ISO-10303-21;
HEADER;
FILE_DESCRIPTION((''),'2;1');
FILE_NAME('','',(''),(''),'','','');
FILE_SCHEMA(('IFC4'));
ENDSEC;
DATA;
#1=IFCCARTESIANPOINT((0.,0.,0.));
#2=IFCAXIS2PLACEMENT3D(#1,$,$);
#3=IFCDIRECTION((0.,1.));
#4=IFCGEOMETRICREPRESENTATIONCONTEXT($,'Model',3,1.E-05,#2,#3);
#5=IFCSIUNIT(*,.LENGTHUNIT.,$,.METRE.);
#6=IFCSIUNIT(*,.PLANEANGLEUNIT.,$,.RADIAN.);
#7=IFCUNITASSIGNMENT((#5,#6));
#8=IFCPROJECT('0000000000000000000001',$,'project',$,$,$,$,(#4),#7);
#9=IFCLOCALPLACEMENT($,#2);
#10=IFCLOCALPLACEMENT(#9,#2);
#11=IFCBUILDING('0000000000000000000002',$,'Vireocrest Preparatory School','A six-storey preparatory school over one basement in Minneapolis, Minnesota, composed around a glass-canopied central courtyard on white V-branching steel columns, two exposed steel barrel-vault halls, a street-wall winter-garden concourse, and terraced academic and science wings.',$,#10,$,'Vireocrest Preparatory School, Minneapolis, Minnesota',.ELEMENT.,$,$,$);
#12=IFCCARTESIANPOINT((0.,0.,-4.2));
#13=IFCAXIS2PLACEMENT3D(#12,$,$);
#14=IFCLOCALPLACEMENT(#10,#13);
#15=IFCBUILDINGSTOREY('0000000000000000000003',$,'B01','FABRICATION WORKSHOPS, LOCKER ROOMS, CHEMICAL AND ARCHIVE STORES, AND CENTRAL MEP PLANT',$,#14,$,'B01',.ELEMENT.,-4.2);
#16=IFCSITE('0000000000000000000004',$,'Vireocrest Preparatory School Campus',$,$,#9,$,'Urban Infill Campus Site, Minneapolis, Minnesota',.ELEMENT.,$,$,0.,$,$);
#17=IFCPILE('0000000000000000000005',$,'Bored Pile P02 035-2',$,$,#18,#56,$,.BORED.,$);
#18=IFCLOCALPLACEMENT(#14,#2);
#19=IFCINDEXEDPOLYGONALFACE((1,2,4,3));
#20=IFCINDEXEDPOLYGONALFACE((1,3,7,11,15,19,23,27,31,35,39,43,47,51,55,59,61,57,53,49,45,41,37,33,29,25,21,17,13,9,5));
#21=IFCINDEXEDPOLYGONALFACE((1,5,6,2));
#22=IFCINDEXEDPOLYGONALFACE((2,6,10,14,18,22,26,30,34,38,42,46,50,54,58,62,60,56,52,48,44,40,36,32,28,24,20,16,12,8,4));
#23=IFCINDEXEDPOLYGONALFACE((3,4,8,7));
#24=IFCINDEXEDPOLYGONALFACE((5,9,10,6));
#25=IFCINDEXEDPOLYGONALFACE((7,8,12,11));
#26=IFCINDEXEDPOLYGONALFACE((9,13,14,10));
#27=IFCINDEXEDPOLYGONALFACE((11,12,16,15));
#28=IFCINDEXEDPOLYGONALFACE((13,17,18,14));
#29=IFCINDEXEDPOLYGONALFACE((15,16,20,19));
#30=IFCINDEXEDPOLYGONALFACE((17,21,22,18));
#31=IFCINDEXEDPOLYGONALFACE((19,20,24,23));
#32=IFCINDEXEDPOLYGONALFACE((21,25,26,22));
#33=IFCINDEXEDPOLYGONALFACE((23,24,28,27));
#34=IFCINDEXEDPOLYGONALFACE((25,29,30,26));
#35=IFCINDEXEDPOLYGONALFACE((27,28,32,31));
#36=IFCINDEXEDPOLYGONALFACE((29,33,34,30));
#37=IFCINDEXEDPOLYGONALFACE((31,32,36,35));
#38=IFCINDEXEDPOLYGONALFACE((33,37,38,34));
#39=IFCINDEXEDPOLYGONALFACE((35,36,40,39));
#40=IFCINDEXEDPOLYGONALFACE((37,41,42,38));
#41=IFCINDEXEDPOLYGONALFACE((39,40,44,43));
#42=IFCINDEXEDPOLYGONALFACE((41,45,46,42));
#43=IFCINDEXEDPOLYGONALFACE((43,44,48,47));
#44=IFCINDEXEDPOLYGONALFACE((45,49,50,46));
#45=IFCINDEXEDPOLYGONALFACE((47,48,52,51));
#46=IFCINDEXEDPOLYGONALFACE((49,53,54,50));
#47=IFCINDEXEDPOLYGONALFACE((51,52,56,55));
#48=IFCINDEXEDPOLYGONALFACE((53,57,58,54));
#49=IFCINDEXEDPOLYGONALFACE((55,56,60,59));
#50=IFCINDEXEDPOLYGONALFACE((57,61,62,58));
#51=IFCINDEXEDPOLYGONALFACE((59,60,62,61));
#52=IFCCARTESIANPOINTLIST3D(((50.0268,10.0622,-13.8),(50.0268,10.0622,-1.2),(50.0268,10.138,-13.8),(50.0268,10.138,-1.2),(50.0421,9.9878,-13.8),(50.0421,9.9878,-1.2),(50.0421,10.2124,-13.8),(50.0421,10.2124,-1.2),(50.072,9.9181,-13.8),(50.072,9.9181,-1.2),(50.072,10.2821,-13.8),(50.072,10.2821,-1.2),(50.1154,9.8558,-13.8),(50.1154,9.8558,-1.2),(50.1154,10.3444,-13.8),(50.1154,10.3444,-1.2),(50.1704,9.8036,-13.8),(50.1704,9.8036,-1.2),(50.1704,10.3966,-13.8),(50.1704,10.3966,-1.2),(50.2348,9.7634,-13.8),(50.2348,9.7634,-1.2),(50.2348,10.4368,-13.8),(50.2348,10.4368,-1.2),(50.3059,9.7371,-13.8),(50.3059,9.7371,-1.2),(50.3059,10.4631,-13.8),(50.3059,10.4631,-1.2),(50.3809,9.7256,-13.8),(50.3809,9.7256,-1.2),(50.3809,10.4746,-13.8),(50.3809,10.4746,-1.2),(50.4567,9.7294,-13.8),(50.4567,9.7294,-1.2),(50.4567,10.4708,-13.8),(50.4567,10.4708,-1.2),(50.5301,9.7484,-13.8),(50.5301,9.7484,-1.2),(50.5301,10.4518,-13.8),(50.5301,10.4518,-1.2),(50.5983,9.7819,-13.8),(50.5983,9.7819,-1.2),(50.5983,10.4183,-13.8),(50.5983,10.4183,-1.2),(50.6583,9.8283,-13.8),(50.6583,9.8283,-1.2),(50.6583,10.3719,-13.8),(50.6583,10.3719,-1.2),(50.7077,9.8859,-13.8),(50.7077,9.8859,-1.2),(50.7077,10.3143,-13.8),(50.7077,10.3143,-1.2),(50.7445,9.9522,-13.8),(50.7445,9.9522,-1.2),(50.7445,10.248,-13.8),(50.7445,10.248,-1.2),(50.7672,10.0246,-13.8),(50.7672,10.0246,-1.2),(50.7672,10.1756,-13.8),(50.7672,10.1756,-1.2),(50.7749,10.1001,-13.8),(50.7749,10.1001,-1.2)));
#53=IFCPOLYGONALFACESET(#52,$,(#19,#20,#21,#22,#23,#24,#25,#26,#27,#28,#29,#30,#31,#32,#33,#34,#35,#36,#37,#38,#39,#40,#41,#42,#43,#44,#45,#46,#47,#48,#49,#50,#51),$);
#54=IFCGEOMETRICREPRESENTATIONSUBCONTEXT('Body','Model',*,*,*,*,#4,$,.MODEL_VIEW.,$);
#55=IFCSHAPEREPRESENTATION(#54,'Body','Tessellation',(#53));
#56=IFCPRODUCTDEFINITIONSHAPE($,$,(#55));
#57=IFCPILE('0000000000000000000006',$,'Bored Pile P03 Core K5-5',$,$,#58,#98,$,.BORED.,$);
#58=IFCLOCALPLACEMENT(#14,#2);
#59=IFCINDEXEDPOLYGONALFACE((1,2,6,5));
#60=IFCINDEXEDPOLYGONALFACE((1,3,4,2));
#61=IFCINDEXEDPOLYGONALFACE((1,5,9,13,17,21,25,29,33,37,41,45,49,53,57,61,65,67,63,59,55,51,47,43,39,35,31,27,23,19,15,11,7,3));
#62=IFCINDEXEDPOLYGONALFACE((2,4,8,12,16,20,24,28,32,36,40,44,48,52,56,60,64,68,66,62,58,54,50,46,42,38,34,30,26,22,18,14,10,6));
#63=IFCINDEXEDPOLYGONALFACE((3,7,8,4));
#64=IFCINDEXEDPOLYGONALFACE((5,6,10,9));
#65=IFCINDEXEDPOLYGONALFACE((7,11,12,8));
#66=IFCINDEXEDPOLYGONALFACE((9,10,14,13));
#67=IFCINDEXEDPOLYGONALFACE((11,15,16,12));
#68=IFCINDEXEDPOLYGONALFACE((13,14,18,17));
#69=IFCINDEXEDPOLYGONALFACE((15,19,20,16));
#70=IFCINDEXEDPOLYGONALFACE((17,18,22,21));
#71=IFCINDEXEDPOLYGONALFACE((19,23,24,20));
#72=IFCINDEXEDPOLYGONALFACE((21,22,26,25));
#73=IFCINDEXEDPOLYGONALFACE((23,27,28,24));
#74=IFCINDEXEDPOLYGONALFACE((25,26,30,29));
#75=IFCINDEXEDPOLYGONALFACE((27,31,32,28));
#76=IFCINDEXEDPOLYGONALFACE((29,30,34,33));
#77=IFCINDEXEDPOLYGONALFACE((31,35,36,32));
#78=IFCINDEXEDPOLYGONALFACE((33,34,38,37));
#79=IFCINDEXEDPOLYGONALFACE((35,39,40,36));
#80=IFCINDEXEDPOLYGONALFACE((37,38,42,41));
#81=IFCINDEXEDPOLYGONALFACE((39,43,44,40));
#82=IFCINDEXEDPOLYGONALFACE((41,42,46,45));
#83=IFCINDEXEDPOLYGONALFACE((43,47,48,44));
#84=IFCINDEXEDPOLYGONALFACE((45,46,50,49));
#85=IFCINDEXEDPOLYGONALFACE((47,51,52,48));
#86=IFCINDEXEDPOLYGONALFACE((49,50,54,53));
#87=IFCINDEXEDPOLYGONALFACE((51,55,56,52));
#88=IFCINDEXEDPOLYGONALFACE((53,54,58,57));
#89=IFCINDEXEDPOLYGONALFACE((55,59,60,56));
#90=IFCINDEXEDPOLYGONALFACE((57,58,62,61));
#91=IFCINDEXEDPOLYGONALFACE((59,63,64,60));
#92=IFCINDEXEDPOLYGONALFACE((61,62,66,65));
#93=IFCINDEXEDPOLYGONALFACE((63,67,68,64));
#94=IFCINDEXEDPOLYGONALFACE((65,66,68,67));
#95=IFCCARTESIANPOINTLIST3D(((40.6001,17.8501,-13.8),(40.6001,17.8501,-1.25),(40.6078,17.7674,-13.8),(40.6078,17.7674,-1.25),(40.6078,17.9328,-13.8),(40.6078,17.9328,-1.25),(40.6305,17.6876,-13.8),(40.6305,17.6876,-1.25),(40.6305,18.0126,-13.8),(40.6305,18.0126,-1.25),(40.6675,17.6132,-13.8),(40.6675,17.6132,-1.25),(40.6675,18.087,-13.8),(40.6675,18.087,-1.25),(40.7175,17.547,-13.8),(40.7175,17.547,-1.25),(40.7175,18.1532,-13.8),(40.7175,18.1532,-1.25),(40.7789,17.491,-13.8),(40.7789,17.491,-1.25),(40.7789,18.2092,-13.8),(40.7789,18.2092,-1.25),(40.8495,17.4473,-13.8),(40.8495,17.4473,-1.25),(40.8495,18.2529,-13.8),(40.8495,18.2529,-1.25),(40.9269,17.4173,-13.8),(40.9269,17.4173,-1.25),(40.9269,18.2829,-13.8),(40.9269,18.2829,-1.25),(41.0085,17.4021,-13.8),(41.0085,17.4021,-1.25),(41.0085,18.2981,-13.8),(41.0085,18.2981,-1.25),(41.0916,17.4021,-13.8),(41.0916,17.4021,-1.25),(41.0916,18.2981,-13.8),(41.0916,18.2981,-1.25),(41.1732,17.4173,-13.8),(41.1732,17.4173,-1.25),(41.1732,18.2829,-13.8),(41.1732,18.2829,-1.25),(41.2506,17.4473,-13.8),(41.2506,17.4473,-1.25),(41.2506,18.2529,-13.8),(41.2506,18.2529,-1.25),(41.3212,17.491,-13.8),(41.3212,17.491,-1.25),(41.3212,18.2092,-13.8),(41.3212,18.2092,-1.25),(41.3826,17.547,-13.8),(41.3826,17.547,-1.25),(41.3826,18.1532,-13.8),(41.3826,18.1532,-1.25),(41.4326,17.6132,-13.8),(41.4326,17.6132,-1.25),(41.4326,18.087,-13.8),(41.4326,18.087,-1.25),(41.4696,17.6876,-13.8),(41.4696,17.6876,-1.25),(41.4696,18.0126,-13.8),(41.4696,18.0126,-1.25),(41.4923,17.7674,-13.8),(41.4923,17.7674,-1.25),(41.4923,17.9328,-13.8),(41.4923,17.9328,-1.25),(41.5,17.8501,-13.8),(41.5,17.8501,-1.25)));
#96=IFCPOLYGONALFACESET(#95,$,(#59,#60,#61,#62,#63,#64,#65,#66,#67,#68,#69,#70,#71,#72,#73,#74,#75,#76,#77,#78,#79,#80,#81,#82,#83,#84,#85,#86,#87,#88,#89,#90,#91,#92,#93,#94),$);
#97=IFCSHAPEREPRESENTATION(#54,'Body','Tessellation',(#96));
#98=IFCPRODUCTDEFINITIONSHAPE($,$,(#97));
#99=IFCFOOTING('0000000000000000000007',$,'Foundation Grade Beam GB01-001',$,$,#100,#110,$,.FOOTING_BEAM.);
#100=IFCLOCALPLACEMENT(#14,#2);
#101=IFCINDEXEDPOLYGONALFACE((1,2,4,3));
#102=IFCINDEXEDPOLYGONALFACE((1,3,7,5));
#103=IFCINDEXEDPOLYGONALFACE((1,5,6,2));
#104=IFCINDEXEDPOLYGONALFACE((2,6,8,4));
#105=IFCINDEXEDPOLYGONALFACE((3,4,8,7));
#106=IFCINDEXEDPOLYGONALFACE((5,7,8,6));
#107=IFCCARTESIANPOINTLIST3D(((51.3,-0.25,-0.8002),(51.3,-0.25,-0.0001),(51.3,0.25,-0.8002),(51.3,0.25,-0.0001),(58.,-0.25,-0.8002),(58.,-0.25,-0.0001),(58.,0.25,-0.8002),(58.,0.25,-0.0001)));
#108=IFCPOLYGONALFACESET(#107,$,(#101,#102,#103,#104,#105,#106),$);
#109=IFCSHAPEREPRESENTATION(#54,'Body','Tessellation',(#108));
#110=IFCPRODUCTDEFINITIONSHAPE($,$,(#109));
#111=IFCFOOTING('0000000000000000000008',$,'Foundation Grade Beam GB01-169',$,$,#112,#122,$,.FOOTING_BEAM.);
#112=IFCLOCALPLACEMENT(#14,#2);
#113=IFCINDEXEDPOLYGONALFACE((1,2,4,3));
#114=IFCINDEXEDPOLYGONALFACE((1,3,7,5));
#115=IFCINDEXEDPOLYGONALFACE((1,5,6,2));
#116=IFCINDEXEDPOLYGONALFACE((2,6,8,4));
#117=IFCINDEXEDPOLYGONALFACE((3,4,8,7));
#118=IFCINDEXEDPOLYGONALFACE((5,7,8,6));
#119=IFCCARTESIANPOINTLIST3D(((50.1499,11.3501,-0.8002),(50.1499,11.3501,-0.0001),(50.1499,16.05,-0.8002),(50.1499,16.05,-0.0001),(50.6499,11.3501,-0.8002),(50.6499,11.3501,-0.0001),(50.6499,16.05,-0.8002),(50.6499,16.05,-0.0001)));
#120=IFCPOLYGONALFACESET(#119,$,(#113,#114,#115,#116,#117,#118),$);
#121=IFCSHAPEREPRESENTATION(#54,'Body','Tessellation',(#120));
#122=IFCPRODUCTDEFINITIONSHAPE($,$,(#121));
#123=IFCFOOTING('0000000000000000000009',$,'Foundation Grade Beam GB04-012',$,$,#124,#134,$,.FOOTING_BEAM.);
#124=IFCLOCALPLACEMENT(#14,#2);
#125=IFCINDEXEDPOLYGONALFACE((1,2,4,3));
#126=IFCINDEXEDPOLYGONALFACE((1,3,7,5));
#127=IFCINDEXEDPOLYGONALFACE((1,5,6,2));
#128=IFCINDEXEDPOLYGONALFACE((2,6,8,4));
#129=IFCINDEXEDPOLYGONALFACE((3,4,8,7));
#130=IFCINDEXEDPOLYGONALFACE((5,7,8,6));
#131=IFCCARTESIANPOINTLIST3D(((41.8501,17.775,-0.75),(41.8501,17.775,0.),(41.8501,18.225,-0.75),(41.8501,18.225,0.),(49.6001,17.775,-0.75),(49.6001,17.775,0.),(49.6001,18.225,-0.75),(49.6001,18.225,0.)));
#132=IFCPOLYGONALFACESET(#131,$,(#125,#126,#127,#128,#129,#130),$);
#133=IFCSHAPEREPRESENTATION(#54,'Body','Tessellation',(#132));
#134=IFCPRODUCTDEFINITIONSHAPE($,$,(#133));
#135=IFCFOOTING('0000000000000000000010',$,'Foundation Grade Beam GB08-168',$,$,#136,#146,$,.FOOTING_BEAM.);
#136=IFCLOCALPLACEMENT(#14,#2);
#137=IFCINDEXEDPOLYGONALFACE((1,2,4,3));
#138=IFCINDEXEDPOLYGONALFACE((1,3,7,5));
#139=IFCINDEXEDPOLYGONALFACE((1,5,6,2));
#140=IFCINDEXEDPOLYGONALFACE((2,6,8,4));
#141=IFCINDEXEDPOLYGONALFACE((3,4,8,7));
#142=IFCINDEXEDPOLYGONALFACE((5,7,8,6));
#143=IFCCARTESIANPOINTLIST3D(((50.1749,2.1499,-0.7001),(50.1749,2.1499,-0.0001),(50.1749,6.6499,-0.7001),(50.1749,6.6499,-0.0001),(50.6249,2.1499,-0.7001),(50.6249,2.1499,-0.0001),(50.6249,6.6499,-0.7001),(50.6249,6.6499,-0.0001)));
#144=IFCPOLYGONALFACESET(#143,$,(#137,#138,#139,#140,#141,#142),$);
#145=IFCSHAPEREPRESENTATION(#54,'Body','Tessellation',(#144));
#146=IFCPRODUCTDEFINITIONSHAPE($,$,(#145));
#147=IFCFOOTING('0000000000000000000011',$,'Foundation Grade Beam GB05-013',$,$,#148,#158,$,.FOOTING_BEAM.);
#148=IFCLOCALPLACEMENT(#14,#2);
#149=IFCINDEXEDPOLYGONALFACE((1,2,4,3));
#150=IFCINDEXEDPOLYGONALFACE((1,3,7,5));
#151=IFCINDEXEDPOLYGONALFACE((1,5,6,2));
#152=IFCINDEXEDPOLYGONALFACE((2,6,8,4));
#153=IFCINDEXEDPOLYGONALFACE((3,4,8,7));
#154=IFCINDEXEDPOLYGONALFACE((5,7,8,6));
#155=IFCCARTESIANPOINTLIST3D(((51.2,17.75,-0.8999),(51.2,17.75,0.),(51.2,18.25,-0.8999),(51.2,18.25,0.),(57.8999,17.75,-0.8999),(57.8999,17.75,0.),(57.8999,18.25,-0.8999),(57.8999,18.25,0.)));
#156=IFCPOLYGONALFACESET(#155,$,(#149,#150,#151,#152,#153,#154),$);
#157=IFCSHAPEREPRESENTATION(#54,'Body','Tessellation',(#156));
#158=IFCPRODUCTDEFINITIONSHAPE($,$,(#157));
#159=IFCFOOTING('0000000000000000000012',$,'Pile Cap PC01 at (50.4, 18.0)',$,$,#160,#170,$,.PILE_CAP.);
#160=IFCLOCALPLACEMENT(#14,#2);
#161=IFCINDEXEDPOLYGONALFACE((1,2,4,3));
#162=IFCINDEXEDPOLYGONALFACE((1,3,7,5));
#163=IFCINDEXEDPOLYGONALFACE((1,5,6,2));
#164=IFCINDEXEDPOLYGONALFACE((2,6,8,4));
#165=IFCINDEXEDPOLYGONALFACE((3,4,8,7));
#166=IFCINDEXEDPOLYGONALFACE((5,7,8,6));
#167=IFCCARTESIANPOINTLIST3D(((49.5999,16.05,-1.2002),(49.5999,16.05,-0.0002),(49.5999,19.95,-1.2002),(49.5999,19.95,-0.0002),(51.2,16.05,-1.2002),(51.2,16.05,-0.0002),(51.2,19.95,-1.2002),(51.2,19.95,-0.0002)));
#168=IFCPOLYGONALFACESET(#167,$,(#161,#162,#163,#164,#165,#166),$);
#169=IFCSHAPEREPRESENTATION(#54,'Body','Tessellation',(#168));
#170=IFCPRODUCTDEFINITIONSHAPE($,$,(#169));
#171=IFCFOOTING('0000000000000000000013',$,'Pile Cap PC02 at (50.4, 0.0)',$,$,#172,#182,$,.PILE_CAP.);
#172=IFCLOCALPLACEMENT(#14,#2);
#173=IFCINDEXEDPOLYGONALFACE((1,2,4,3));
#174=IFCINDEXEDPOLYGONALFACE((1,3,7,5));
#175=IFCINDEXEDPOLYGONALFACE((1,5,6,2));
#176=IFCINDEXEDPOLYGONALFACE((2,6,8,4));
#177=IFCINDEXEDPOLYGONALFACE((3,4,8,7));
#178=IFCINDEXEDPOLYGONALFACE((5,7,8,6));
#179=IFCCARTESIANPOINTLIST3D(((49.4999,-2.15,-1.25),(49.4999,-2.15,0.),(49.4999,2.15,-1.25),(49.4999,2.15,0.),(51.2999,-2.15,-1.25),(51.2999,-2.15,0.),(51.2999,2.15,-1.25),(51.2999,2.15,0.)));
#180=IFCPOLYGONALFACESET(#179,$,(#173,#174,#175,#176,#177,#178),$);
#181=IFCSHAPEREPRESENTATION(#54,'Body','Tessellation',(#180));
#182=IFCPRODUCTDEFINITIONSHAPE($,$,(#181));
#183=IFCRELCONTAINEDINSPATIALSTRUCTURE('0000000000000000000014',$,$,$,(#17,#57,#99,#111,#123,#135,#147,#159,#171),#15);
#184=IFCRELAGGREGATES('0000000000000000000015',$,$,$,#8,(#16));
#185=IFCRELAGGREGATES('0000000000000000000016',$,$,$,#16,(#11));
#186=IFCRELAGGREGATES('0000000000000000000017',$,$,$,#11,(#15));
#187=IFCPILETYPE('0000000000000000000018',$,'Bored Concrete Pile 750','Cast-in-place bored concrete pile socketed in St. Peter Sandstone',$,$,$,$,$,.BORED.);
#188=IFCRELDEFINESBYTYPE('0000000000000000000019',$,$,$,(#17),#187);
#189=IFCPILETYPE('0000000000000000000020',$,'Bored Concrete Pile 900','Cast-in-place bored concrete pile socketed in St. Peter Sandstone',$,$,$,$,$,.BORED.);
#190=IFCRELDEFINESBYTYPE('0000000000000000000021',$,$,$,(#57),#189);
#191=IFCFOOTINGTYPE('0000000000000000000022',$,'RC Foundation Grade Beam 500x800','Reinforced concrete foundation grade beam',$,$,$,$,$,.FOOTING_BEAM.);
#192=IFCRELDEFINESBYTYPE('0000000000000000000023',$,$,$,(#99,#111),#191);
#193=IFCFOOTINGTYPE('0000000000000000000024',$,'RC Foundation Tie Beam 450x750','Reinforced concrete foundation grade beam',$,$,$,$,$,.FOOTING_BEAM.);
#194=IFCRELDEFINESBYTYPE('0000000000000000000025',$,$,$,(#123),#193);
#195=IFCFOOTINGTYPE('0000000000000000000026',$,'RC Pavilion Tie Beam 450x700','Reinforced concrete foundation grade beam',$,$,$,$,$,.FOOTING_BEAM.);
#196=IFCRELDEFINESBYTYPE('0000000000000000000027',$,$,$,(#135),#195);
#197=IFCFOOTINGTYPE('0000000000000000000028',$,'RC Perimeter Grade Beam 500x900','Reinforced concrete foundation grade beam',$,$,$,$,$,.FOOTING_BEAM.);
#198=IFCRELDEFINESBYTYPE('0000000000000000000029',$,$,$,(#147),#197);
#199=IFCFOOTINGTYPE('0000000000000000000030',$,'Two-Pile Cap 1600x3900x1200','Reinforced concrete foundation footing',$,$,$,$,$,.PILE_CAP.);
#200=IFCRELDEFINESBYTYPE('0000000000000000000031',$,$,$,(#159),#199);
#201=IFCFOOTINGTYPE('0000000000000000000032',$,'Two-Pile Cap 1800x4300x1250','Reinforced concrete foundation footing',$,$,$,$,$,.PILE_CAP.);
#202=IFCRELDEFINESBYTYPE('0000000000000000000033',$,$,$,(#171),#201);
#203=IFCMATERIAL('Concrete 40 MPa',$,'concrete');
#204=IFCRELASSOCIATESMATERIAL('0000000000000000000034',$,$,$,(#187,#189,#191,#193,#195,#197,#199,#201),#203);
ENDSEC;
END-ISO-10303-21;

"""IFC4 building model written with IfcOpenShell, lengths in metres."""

from ifc_helpers import new_model, si_unit, direction, frame, origin, origin_2d, place, context, subcontext, project, spatial, rectangle, circle, extrude, material, material_profile, profile_set, type_object, element, save


model = new_model("IFC4")

# Units and contexts
model_context = context("Model", 3, precision=1e-05, world=origin(), true_north=direction((0.0, 1.0)))
body_context = subcontext(model_context, "Body", "Model", "MODEL_VIEW")
ifc_project = project(units=[si_unit("LENGTHUNIT", "METRE"), si_unit("PLANEANGLEUNIT", "RADIAN")], contexts=[model_context])

# Site, building, storey
site_placement = place(None, origin())
site = spatial("IfcSite", under=ifc_project, at=site_placement, Name="Vireocrest Preparatory School Campus", LongName="Urban Infill Campus Site, Minneapolis, Minnesota", CompositionType="ELEMENT", RefElevation=0.0)
building_placement = place(site_placement, origin())
building = spatial("IfcBuilding", under=site, at=building_placement, Name="Vireocrest Preparatory School", Description="A six-storey preparatory school over one basement in Minneapolis, Minnesota, composed around a glass-canopied central courtyard on white V-branching steel columns, two exposed steel barrel-vault halls, a street-wall winter-garden concourse, and terraced academic and science wings.", LongName="Vireocrest Preparatory School, Minneapolis, Minnesota", CompositionType="ELEMENT")
storey_placement = place(building_placement, frame((0.0, 0.0, -4.2)))
storey = spatial("IfcBuildingStorey", under=building, at=storey_placement, Name="B01", Description="FABRICATION WORKSHOPS, LOCKER ROOMS, CHEMICAL AND ARCHIVE STORES, AND CENTRAL MEP PLANT", LongName="B01", CompositionType="ELEMENT", Elevation=-4.2)

# Piles
ifc_material_1 = material(Name="Concrete 40 MPa", Category="concrete")
ifc_material_profile_1 = material_profile(ifc_material_1, circle(Radius=0.375, at=origin_2d()), Name="BORED PILE 750")
ifc_profile_set_1 = profile_set([ifc_material_profile_1], Name="Concrete 40 MPa")
pile_type_1 = type_object("IfcPileType", Name="Bored Concrete Pile 750", Description="Cast-in-place bored concrete pile socketed in St. Peter Sandstone", PredefinedType="BORED", material=ifc_profile_set_1)
for number, where, z_axis, x_axis, name in (
    (1, (50.3999, 10.1001, -1.2), (0.0, 0.0, -1.0), (1.0, 0.0, 0.0), "Bored Pile P02 035-2"),
):
    element("IfcPile", number, at=place(storey_placement, frame(where, z_axis=z_axis, x_axis=x_axis)), inside=storey, type_object=pile_type_1, Name=name, PredefinedType="BORED", context=body_context, shape_type="SweptSolid", body=[
        extrude(circle(Radius=0.375, at=origin_2d()), origin(), (0.0, 0.0, 1.0), 12.6001),
    ])
ifc_material_profile_2 = material_profile(ifc_material_1, circle(Radius=0.45, at=origin_2d()), Name="BORED PILE 900")
ifc_profile_set_2 = profile_set([ifc_material_profile_2], Name="Concrete 40 MPa")
pile_type_2 = type_object("IfcPileType", Name="Bored Concrete Pile 900", Description="Cast-in-place bored concrete pile socketed in St. Peter Sandstone", PredefinedType="BORED", material=ifc_profile_set_2)
pile_placement = place(storey_placement, frame((41.05, 17.8501, -1.25), z_axis=(0.0, 0.0, -1.0), x_axis=(1.0, 0.0, 0.0)))
element("IfcPile", 2, at=pile_placement, inside=storey, type_object=pile_type_2, Name="Bored Pile P03 Core K5-5", PredefinedType="BORED", context=body_context, shape_type="SweptSolid", body=[
    extrude(circle(Radius=0.45, at=origin_2d()), origin(), (0.0, 0.0, 1.0), 12.55),
])

# Footings
ifc_material_profile_3 = material_profile(ifc_material_1, rectangle(XDim=0.5, YDim=0.8, at=origin_2d()), Name="GB 500x800")
ifc_profile_set_3 = profile_set([ifc_material_profile_3], Name="Concrete 40 MPa")
footing_type_1 = type_object("IfcFootingType", Name="RC Foundation Grade Beam 500x800", Description="Reinforced concrete foundation grade beam", PredefinedType="FOOTING_BEAM", material=ifc_profile_set_3)
footing_1_placement = place(storey_placement, frame((51.3, 0.0, -0.4001), z_axis=(1.0, 0.0, 0.0), x_axis=(0.0, 1.0, 0.0)))
element("IfcFooting", 3, at=footing_1_placement, inside=storey, type_object=footing_type_1, Name="Foundation Grade Beam GB01-001", PredefinedType="FOOTING_BEAM", context=body_context, shape_type="SweptSolid", body=[
    extrude(rectangle(XDim=0.5, YDim=0.8, at=origin_2d()), origin(), (0.0, 0.0, 1.0), 6.7),
])
footing_2_placement = place(storey_placement, frame((50.3999, 11.3501, -0.4001), z_axis=(0.0, 1.0, 0.0), x_axis=(-1.0, 0.0, 0.0)))
element("IfcFooting", 4, at=footing_2_placement, inside=storey, type_object=footing_type_1, Name="Foundation Grade Beam GB01-169", PredefinedType="FOOTING_BEAM", context=body_context, shape_type="SweptSolid", body=[
    extrude(rectangle(XDim=0.5, YDim=0.8, at=origin_2d()), origin(), (0.0, 0.0, 1.0), 4.7),
])
ifc_material_profile_4 = material_profile(ifc_material_1, rectangle(XDim=0.45, YDim=0.75, at=origin_2d()), Name="GB 450x750")
ifc_profile_set_4 = profile_set([ifc_material_profile_4], Name="Concrete 40 MPa")
footing_type_2 = type_object("IfcFootingType", Name="RC Foundation Tie Beam 450x750", Description="Reinforced concrete foundation grade beam", PredefinedType="FOOTING_BEAM", material=ifc_profile_set_4)
footing_3_placement = place(storey_placement, frame((41.8501, 18.0, -0.375), z_axis=(1.0, 0.0, 0.0), x_axis=(0.0, 1.0, 0.0)))
element("IfcFooting", 5, at=footing_3_placement, inside=storey, type_object=footing_type_2, Name="Foundation Grade Beam GB04-012", PredefinedType="FOOTING_BEAM", context=body_context, shape_type="SweptSolid", body=[
    extrude(rectangle(XDim=0.45, YDim=0.75, at=origin_2d()), origin(), (0.0, 0.0, 1.0), 7.75),
])
ifc_material_profile_5 = material_profile(ifc_material_1, rectangle(XDim=0.45, YDim=0.7, at=origin_2d()), Name="GB 450x700")
ifc_profile_set_5 = profile_set([ifc_material_profile_5], Name="Concrete 40 MPa")
footing_type_3 = type_object("IfcFootingType", Name="RC Pavilion Tie Beam 450x700", Description="Reinforced concrete foundation grade beam", PredefinedType="FOOTING_BEAM", material=ifc_profile_set_5)
footing_4_placement = place(storey_placement, frame((50.3999, 2.1499, -0.3501), z_axis=(0.0, 1.0, 0.0), x_axis=(-1.0, 0.0, 0.0)))
element("IfcFooting", 6, at=footing_4_placement, inside=storey, type_object=footing_type_3, Name="Foundation Grade Beam GB08-168", PredefinedType="FOOTING_BEAM", context=body_context, shape_type="SweptSolid", body=[
    extrude(rectangle(XDim=0.45, YDim=0.7, at=origin_2d()), origin(), (0.0, 0.0, 1.0), 4.5),
])
ifc_material_profile_6 = material_profile(ifc_material_1, rectangle(XDim=0.5, YDim=0.8999, at=origin_2d()), Name="GB 500x900")
ifc_profile_set_6 = profile_set([ifc_material_profile_6], Name="Concrete 40 MPa")
footing_type_4 = type_object("IfcFootingType", Name="RC Perimeter Grade Beam 500x900", Description="Reinforced concrete foundation grade beam", PredefinedType="FOOTING_BEAM", material=ifc_profile_set_6)
footing_5_placement = place(storey_placement, frame((51.2, 18.0, -0.45), z_axis=(1.0, 0.0, 0.0), x_axis=(0.0, 1.0, 0.0)))
element("IfcFooting", 7, at=footing_5_placement, inside=storey, type_object=footing_type_4, Name="Foundation Grade Beam GB05-013", PredefinedType="FOOTING_BEAM", context=body_context, shape_type="SweptSolid", body=[
    extrude(rectangle(XDim=0.5, YDim=0.8999, at=origin_2d()), origin(), (0.0, 0.0, 1.0), 6.7),
])
footing_type_5 = type_object("IfcFootingType", Name="Two-Pile Cap 1600x3900x1200", Description="Reinforced concrete foundation footing", PredefinedType="PILE_CAP", material=ifc_material_1)
footing_6_placement = place(storey_placement, frame((50.3999, 18.0, -1.2002), z_axis=(0.0, 0.0, 1.0), x_axis=(1.0, 0.0, 0.0)))
element("IfcFooting", 8, at=footing_6_placement, inside=storey, type_object=footing_type_5, Name="Pile Cap PC01 at (50.4, 18.0)", PredefinedType="PILE_CAP", context=body_context, shape_type="SweptSolid", body=[
    extrude(rectangle(XDim=1.6001, YDim=3.8999, at=origin_2d()), origin(), (0.0, 0.0, 1.0), 1.2),
])
footing_type_6 = type_object("IfcFootingType", Name="Two-Pile Cap 1800x4300x1250", Description="Reinforced concrete foundation footing", PredefinedType="PILE_CAP", material=ifc_material_1)
footing_7_placement = place(storey_placement, frame((50.3999, 0.0, -1.25), z_axis=(0.0, 0.0, 1.0), x_axis=(1.0, 0.0, 0.0)))
element("IfcFooting", 9, at=footing_7_placement, inside=storey, type_object=footing_type_6, Name="Pile Cap PC02 at (50.4, 0.0)", PredefinedType="PILE_CAP", context=body_context, shape_type="SweptSolid", body=[
    extrude(rectangle(XDim=1.8, YDim=4.3, at=origin_2d()), origin(), (0.0, 0.0, 1.0), 1.25),
])

save(model, "model.ifc")
